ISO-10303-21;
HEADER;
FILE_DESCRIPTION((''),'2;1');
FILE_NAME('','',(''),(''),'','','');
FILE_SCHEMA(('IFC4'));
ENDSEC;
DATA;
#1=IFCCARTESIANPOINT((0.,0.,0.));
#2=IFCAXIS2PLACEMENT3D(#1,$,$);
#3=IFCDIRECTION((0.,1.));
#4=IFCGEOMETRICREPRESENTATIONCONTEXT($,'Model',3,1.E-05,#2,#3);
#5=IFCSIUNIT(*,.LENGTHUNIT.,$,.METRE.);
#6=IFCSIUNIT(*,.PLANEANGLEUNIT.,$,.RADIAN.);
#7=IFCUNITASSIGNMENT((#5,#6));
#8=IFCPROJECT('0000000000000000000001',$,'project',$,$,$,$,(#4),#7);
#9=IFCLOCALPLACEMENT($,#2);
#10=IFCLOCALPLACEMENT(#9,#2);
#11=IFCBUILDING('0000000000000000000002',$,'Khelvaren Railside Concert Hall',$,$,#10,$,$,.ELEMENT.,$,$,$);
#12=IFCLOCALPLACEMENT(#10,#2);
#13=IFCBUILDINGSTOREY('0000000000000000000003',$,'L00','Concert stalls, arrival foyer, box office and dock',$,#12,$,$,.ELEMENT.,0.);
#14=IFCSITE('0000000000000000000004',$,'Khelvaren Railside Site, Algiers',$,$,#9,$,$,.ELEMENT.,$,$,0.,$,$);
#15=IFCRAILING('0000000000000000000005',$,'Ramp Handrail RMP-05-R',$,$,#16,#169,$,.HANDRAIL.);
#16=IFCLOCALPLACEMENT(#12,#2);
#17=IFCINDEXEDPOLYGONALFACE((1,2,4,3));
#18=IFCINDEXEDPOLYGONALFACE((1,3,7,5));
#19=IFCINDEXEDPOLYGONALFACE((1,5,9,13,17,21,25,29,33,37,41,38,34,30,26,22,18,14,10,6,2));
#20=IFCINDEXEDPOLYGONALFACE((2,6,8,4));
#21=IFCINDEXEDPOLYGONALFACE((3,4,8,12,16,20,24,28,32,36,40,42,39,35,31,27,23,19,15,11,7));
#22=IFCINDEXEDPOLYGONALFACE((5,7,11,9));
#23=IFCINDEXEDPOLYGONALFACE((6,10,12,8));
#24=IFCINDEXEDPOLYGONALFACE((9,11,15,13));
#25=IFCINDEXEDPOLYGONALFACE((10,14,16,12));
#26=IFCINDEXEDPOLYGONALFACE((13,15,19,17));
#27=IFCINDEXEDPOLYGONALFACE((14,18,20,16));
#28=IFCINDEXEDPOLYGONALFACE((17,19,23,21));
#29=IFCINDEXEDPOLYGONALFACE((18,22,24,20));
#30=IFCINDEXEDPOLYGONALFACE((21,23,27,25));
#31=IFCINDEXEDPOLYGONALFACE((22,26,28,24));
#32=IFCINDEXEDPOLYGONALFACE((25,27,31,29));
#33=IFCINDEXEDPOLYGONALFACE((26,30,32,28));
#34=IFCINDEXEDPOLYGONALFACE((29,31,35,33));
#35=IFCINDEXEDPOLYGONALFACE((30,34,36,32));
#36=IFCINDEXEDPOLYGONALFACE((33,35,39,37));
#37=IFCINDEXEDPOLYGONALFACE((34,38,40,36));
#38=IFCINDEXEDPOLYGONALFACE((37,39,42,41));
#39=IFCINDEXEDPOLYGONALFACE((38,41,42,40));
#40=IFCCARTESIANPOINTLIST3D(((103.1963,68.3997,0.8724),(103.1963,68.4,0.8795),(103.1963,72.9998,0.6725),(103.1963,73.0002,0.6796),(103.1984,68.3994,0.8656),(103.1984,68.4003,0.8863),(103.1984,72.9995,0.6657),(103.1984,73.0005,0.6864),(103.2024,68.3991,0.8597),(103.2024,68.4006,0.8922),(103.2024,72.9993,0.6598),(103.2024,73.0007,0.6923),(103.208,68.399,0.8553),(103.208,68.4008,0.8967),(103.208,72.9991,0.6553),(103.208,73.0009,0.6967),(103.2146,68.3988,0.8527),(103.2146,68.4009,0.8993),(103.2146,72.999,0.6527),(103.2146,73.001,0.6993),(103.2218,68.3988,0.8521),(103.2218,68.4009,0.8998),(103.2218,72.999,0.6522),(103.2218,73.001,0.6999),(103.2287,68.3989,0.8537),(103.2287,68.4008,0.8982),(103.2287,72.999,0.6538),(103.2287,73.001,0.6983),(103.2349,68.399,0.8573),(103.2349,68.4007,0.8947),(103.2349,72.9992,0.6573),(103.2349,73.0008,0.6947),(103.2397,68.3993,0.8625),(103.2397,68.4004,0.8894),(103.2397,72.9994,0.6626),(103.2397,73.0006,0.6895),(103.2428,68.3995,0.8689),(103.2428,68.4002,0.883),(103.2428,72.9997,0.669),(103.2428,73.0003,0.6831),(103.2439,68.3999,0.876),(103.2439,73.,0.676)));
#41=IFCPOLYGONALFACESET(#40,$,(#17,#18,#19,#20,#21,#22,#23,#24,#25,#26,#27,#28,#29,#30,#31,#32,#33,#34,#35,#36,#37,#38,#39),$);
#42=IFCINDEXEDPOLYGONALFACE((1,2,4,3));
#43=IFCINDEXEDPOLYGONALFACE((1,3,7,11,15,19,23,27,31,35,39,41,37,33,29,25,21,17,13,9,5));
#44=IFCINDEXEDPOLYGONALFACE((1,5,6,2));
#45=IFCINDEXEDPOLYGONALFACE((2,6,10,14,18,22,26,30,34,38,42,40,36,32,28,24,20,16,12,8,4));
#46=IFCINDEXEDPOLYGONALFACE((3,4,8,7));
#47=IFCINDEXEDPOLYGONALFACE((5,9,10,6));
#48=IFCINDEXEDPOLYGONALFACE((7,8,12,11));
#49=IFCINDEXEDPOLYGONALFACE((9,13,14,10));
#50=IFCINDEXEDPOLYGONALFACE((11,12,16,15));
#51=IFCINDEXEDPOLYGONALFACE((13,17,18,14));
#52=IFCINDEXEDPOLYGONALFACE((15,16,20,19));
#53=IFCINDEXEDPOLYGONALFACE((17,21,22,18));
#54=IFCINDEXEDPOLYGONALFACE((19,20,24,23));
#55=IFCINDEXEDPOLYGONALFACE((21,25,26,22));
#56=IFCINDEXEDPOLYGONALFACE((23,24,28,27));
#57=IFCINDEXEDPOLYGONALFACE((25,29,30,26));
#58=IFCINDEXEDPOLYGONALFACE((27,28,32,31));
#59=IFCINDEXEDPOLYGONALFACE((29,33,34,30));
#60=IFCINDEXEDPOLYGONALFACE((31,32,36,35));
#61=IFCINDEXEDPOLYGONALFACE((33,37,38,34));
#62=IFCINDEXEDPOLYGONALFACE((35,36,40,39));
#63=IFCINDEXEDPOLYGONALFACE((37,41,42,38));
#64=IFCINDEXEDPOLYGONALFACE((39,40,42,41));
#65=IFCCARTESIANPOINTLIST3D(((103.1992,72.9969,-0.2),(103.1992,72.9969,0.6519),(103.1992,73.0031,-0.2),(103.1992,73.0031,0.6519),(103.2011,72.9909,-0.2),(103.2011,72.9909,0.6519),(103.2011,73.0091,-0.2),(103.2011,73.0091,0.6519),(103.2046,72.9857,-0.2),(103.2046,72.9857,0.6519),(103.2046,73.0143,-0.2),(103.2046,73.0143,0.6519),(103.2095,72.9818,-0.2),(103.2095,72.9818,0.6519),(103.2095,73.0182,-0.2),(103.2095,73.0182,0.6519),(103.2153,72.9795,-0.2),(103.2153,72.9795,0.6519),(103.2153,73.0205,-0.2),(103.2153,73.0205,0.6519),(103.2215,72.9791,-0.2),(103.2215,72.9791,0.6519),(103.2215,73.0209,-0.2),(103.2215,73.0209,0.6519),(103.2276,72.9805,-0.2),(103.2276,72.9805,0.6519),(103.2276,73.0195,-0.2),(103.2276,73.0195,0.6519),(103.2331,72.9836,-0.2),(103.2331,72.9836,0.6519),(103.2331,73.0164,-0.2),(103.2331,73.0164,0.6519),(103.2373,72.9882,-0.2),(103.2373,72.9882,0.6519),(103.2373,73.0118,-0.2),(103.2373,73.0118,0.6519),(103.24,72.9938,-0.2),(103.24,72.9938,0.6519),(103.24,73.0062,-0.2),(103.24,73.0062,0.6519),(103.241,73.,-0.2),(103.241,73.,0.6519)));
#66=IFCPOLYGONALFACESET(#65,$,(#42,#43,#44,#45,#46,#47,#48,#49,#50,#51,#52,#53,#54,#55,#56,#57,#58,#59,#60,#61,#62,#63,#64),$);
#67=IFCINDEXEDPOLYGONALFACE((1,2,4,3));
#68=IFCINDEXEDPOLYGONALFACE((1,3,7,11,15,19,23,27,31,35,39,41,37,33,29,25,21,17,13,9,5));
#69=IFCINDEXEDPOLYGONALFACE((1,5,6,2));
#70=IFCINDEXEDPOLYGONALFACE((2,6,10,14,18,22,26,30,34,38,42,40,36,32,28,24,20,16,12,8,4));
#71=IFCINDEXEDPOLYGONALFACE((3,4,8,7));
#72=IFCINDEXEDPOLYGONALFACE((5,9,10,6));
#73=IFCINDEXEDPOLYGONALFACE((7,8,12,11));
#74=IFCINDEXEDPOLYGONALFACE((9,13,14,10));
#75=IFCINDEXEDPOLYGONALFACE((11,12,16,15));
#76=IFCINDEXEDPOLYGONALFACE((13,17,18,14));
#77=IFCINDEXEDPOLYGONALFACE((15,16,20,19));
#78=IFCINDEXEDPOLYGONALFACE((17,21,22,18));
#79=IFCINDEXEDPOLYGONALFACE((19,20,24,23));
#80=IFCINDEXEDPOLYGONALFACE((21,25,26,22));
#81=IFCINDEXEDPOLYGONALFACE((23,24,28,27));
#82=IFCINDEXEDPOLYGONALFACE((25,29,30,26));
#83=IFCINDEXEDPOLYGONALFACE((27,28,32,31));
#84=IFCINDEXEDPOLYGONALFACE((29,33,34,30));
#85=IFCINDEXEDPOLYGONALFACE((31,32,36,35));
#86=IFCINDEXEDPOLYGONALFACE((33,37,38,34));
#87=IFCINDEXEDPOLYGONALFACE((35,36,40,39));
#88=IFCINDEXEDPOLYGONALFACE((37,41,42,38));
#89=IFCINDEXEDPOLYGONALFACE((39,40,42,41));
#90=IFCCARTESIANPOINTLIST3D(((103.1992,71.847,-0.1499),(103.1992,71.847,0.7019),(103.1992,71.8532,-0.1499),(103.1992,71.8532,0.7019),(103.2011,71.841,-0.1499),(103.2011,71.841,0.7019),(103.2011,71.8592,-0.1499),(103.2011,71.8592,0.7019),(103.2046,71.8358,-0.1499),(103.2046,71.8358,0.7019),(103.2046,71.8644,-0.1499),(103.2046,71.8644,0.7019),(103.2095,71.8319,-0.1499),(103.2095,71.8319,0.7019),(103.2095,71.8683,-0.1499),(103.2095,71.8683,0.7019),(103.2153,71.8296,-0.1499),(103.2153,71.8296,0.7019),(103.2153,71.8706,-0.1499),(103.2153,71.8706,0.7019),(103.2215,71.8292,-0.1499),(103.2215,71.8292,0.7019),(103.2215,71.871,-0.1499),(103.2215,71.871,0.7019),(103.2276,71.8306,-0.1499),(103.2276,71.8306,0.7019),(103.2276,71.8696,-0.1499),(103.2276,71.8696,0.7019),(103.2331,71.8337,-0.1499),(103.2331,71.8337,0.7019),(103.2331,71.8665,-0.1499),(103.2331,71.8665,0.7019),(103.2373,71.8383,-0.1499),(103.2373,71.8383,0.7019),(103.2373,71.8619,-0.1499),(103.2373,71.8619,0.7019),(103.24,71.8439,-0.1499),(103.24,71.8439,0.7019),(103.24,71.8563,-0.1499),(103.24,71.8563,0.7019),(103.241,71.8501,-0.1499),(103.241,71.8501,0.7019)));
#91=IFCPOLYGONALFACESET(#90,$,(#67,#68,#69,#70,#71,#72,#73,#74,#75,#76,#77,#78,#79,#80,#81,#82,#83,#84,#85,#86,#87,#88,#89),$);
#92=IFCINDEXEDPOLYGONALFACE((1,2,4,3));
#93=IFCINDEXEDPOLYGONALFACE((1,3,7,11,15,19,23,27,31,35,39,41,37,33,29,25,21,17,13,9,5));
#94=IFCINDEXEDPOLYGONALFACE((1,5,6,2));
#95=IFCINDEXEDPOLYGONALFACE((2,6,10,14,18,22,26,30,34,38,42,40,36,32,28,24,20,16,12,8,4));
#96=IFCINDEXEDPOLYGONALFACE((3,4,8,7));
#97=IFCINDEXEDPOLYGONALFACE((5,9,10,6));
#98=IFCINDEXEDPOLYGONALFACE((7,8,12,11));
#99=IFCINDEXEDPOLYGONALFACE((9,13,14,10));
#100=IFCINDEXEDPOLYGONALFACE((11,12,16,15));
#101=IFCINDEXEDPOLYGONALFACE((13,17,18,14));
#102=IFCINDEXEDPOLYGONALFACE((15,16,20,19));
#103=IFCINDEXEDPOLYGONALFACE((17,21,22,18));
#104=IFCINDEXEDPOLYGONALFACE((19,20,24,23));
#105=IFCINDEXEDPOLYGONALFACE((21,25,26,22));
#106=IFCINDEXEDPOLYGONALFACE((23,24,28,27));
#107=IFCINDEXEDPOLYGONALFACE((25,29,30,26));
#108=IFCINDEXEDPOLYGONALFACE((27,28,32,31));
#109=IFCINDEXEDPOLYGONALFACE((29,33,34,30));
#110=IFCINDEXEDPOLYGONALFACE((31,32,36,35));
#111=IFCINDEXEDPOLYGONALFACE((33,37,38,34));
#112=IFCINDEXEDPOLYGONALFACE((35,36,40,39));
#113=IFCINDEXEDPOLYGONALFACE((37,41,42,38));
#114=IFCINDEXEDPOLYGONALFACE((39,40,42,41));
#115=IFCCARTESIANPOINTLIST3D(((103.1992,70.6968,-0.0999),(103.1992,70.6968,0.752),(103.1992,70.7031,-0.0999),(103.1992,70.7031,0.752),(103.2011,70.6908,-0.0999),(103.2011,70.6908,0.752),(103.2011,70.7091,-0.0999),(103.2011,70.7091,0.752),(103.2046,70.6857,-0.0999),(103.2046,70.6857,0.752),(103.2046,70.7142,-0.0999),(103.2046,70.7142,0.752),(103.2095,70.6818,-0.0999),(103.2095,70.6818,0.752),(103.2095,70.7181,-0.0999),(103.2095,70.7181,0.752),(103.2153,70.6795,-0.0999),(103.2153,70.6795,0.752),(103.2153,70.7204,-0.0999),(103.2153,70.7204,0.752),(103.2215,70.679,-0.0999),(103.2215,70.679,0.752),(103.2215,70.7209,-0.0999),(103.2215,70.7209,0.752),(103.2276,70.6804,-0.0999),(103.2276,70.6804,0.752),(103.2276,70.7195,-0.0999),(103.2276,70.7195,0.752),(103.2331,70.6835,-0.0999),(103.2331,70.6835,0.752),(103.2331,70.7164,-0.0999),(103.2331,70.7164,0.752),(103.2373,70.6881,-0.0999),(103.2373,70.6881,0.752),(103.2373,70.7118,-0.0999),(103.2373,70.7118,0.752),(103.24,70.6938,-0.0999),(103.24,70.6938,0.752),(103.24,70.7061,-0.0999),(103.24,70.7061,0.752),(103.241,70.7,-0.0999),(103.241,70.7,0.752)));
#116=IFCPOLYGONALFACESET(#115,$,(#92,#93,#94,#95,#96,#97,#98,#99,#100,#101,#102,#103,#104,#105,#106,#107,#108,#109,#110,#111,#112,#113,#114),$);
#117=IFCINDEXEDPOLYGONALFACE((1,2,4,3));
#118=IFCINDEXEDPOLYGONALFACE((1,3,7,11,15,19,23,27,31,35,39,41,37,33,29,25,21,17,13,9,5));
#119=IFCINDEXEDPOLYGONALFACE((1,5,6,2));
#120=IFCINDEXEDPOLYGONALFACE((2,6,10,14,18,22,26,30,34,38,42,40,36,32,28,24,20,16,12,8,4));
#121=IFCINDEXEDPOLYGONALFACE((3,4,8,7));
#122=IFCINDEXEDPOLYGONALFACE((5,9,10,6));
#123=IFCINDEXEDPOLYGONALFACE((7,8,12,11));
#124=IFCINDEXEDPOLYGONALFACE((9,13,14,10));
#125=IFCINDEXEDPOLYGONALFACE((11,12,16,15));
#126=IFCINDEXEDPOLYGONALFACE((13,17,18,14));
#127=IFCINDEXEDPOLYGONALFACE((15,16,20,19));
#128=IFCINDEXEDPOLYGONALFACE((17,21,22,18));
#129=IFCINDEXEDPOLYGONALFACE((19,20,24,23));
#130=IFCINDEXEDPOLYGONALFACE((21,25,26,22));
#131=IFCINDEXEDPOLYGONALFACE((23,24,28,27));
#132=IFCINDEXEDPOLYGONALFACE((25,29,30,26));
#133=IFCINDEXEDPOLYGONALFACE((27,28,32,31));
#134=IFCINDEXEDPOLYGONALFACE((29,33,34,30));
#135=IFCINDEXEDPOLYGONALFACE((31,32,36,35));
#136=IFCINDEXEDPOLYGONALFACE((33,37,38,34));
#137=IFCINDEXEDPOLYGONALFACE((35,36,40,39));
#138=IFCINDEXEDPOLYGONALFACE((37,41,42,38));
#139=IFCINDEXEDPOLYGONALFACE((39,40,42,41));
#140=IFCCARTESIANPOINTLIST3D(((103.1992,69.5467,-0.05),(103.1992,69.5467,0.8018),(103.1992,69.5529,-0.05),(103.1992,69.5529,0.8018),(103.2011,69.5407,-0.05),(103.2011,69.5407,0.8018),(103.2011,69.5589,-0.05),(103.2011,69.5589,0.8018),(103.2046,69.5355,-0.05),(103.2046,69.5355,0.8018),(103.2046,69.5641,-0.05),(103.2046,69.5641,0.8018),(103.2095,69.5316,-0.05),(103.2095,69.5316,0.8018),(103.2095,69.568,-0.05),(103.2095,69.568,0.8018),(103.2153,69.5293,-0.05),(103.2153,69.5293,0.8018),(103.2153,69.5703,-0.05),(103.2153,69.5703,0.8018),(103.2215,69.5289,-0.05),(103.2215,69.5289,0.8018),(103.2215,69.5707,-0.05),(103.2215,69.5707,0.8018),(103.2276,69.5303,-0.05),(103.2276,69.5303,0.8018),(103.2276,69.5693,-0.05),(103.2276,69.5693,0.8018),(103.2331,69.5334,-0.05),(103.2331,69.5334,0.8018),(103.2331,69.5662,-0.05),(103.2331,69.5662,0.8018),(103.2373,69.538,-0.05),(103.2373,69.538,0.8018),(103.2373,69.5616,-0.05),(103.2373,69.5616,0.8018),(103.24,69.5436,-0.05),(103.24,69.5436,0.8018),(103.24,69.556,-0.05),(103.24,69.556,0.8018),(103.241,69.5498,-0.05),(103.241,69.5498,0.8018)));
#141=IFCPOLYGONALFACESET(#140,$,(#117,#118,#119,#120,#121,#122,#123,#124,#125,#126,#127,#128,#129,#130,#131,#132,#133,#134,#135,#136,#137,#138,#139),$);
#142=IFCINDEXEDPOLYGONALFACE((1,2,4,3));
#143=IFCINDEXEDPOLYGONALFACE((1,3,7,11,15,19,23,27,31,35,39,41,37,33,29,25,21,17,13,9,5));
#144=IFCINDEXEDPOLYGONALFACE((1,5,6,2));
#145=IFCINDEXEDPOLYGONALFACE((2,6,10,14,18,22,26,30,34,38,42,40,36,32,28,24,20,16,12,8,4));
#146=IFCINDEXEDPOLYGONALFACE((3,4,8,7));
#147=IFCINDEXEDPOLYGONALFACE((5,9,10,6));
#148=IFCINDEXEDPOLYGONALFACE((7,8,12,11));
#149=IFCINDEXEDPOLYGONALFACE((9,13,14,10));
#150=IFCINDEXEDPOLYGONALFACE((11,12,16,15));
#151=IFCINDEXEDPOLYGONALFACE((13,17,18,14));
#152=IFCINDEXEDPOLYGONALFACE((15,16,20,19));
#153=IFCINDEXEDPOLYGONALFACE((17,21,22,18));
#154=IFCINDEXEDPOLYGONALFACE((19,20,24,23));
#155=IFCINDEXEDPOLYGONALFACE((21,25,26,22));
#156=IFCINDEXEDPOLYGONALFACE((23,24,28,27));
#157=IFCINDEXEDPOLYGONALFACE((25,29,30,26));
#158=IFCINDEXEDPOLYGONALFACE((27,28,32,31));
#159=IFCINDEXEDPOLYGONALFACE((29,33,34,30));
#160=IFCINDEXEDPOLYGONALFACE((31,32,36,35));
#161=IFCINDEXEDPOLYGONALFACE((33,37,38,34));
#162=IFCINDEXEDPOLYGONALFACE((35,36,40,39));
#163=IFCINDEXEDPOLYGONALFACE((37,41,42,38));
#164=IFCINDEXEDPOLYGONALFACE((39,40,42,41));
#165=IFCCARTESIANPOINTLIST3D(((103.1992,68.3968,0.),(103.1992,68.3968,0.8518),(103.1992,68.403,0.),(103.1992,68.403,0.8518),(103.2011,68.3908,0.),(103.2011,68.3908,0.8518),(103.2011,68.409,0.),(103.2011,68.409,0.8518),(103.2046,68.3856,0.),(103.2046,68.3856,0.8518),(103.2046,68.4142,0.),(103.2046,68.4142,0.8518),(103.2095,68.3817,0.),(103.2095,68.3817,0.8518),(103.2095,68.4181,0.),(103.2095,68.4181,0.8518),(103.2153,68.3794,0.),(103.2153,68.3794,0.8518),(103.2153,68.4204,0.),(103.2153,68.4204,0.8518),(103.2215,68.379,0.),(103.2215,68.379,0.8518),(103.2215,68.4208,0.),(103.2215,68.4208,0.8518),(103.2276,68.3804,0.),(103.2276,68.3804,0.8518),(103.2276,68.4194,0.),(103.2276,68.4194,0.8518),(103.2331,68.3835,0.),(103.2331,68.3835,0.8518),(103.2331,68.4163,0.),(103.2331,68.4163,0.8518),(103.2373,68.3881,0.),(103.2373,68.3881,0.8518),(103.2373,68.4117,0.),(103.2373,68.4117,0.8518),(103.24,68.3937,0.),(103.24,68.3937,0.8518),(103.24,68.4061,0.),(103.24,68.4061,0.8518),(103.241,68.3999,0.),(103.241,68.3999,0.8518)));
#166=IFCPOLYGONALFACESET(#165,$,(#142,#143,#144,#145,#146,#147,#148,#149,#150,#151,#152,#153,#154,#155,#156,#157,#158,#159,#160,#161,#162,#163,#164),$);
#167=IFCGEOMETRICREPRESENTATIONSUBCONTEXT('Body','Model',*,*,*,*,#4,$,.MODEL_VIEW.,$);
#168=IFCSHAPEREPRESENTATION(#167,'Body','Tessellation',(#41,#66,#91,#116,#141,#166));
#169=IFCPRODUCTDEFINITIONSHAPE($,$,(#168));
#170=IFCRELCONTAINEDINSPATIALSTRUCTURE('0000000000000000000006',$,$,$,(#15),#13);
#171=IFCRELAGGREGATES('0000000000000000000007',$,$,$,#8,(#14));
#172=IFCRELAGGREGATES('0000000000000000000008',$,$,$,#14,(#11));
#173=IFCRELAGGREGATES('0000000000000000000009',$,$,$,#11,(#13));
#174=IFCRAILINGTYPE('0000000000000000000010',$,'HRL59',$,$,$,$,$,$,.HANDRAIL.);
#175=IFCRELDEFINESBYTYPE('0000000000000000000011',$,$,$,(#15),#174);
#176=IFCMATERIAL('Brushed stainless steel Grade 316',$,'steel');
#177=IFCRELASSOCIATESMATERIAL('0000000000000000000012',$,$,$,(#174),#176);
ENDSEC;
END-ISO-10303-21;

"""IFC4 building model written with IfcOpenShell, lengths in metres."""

from ifc_helpers import new_model, si_unit, direction, frame, origin, origin_2d, place, context, subcontext, project, spatial, circle, extrude, material, type_object, element, save


model = new_model("IFC4")

# Units and contexts
model_context = context("Model", 3, precision=1e-05, world=origin(), true_north=direction((0.0, 1.0)))
body_context = subcontext(model_context, "Body", "Model", "MODEL_VIEW")
ifc_project = project(units=[si_unit("LENGTHUNIT", "METRE"), si_unit("PLANEANGLEUNIT", "RADIAN")], contexts=[model_context])

# Site, building, storey
site_placement = place(None, origin())
site = spatial("IfcSite", under=ifc_project, at=site_placement, Name="Khelvaren Railside Site, Algiers", CompositionType="ELEMENT", RefElevation=0.0)
building_placement = place(site_placement, origin())
building = spatial("IfcBuilding", under=site, at=building_placement, Name="Khelvaren Railside Concert Hall", CompositionType="ELEMENT")
storey_placement = place(building_placement, origin())
storey = spatial("IfcBuildingStorey", under=building, at=storey_placement, Name="L00", Description="Concert stalls, arrival foyer, box office and dock", CompositionType="ELEMENT", Elevation=0.0)

# Railing
ifc_material_1 = material(Name="Brushed stainless steel Grade 316", Category="steel")
railing_type_1 = type_object("IfcRailingType", Name="HRL59", PredefinedType="HANDRAIL", material=ifc_material_1)
for number, where, name in (
    (1, (103.22, 73.0, -0.2), "Ramp Handrail RMP-05-R"),
):
    element("IfcRailing", number, at=place(storey_placement, frame(where)), inside=storey, type_object=railing_type_1, Name=name, PredefinedType="HANDRAIL", context=body_context, shape_type="SweptSolid", body=[
        extrude(circle(Radius=0.0239, at=origin_2d()), frame((0.0, 0.0, 0.876), z_axis=(0.0, -0.999057, 0.043426), x_axis=(1.0, 0.0, 0.0)), (0.0, 0.0, 1.0), 4.6045),
        extrude(circle(Radius=0.021, at=origin_2d()), origin(), (0.0, 0.0, 1.0), 0.8518),
        extrude(circle(Radius=0.021, at=origin_2d()), frame((0.0, -1.1499, 0.05)), (0.0, 0.0, 1.0), 0.8518),
        extrude(circle(Radius=0.021, at=origin_2d()), frame((0.0, -2.3, 0.1001)), (0.0, 0.0, 1.0), 0.8518),
        extrude(circle(Radius=0.021, at=origin_2d()), frame((0.0, -3.4502, 0.1499)), (0.0, 0.0, 1.0), 0.8518),
        extrude(circle(Radius=0.021, at=origin_2d()), frame((0.0, -4.6001, 0.2)), (0.0, 0.0, 1.0), 0.8518),
    ])

save(model, "model.ifc")
